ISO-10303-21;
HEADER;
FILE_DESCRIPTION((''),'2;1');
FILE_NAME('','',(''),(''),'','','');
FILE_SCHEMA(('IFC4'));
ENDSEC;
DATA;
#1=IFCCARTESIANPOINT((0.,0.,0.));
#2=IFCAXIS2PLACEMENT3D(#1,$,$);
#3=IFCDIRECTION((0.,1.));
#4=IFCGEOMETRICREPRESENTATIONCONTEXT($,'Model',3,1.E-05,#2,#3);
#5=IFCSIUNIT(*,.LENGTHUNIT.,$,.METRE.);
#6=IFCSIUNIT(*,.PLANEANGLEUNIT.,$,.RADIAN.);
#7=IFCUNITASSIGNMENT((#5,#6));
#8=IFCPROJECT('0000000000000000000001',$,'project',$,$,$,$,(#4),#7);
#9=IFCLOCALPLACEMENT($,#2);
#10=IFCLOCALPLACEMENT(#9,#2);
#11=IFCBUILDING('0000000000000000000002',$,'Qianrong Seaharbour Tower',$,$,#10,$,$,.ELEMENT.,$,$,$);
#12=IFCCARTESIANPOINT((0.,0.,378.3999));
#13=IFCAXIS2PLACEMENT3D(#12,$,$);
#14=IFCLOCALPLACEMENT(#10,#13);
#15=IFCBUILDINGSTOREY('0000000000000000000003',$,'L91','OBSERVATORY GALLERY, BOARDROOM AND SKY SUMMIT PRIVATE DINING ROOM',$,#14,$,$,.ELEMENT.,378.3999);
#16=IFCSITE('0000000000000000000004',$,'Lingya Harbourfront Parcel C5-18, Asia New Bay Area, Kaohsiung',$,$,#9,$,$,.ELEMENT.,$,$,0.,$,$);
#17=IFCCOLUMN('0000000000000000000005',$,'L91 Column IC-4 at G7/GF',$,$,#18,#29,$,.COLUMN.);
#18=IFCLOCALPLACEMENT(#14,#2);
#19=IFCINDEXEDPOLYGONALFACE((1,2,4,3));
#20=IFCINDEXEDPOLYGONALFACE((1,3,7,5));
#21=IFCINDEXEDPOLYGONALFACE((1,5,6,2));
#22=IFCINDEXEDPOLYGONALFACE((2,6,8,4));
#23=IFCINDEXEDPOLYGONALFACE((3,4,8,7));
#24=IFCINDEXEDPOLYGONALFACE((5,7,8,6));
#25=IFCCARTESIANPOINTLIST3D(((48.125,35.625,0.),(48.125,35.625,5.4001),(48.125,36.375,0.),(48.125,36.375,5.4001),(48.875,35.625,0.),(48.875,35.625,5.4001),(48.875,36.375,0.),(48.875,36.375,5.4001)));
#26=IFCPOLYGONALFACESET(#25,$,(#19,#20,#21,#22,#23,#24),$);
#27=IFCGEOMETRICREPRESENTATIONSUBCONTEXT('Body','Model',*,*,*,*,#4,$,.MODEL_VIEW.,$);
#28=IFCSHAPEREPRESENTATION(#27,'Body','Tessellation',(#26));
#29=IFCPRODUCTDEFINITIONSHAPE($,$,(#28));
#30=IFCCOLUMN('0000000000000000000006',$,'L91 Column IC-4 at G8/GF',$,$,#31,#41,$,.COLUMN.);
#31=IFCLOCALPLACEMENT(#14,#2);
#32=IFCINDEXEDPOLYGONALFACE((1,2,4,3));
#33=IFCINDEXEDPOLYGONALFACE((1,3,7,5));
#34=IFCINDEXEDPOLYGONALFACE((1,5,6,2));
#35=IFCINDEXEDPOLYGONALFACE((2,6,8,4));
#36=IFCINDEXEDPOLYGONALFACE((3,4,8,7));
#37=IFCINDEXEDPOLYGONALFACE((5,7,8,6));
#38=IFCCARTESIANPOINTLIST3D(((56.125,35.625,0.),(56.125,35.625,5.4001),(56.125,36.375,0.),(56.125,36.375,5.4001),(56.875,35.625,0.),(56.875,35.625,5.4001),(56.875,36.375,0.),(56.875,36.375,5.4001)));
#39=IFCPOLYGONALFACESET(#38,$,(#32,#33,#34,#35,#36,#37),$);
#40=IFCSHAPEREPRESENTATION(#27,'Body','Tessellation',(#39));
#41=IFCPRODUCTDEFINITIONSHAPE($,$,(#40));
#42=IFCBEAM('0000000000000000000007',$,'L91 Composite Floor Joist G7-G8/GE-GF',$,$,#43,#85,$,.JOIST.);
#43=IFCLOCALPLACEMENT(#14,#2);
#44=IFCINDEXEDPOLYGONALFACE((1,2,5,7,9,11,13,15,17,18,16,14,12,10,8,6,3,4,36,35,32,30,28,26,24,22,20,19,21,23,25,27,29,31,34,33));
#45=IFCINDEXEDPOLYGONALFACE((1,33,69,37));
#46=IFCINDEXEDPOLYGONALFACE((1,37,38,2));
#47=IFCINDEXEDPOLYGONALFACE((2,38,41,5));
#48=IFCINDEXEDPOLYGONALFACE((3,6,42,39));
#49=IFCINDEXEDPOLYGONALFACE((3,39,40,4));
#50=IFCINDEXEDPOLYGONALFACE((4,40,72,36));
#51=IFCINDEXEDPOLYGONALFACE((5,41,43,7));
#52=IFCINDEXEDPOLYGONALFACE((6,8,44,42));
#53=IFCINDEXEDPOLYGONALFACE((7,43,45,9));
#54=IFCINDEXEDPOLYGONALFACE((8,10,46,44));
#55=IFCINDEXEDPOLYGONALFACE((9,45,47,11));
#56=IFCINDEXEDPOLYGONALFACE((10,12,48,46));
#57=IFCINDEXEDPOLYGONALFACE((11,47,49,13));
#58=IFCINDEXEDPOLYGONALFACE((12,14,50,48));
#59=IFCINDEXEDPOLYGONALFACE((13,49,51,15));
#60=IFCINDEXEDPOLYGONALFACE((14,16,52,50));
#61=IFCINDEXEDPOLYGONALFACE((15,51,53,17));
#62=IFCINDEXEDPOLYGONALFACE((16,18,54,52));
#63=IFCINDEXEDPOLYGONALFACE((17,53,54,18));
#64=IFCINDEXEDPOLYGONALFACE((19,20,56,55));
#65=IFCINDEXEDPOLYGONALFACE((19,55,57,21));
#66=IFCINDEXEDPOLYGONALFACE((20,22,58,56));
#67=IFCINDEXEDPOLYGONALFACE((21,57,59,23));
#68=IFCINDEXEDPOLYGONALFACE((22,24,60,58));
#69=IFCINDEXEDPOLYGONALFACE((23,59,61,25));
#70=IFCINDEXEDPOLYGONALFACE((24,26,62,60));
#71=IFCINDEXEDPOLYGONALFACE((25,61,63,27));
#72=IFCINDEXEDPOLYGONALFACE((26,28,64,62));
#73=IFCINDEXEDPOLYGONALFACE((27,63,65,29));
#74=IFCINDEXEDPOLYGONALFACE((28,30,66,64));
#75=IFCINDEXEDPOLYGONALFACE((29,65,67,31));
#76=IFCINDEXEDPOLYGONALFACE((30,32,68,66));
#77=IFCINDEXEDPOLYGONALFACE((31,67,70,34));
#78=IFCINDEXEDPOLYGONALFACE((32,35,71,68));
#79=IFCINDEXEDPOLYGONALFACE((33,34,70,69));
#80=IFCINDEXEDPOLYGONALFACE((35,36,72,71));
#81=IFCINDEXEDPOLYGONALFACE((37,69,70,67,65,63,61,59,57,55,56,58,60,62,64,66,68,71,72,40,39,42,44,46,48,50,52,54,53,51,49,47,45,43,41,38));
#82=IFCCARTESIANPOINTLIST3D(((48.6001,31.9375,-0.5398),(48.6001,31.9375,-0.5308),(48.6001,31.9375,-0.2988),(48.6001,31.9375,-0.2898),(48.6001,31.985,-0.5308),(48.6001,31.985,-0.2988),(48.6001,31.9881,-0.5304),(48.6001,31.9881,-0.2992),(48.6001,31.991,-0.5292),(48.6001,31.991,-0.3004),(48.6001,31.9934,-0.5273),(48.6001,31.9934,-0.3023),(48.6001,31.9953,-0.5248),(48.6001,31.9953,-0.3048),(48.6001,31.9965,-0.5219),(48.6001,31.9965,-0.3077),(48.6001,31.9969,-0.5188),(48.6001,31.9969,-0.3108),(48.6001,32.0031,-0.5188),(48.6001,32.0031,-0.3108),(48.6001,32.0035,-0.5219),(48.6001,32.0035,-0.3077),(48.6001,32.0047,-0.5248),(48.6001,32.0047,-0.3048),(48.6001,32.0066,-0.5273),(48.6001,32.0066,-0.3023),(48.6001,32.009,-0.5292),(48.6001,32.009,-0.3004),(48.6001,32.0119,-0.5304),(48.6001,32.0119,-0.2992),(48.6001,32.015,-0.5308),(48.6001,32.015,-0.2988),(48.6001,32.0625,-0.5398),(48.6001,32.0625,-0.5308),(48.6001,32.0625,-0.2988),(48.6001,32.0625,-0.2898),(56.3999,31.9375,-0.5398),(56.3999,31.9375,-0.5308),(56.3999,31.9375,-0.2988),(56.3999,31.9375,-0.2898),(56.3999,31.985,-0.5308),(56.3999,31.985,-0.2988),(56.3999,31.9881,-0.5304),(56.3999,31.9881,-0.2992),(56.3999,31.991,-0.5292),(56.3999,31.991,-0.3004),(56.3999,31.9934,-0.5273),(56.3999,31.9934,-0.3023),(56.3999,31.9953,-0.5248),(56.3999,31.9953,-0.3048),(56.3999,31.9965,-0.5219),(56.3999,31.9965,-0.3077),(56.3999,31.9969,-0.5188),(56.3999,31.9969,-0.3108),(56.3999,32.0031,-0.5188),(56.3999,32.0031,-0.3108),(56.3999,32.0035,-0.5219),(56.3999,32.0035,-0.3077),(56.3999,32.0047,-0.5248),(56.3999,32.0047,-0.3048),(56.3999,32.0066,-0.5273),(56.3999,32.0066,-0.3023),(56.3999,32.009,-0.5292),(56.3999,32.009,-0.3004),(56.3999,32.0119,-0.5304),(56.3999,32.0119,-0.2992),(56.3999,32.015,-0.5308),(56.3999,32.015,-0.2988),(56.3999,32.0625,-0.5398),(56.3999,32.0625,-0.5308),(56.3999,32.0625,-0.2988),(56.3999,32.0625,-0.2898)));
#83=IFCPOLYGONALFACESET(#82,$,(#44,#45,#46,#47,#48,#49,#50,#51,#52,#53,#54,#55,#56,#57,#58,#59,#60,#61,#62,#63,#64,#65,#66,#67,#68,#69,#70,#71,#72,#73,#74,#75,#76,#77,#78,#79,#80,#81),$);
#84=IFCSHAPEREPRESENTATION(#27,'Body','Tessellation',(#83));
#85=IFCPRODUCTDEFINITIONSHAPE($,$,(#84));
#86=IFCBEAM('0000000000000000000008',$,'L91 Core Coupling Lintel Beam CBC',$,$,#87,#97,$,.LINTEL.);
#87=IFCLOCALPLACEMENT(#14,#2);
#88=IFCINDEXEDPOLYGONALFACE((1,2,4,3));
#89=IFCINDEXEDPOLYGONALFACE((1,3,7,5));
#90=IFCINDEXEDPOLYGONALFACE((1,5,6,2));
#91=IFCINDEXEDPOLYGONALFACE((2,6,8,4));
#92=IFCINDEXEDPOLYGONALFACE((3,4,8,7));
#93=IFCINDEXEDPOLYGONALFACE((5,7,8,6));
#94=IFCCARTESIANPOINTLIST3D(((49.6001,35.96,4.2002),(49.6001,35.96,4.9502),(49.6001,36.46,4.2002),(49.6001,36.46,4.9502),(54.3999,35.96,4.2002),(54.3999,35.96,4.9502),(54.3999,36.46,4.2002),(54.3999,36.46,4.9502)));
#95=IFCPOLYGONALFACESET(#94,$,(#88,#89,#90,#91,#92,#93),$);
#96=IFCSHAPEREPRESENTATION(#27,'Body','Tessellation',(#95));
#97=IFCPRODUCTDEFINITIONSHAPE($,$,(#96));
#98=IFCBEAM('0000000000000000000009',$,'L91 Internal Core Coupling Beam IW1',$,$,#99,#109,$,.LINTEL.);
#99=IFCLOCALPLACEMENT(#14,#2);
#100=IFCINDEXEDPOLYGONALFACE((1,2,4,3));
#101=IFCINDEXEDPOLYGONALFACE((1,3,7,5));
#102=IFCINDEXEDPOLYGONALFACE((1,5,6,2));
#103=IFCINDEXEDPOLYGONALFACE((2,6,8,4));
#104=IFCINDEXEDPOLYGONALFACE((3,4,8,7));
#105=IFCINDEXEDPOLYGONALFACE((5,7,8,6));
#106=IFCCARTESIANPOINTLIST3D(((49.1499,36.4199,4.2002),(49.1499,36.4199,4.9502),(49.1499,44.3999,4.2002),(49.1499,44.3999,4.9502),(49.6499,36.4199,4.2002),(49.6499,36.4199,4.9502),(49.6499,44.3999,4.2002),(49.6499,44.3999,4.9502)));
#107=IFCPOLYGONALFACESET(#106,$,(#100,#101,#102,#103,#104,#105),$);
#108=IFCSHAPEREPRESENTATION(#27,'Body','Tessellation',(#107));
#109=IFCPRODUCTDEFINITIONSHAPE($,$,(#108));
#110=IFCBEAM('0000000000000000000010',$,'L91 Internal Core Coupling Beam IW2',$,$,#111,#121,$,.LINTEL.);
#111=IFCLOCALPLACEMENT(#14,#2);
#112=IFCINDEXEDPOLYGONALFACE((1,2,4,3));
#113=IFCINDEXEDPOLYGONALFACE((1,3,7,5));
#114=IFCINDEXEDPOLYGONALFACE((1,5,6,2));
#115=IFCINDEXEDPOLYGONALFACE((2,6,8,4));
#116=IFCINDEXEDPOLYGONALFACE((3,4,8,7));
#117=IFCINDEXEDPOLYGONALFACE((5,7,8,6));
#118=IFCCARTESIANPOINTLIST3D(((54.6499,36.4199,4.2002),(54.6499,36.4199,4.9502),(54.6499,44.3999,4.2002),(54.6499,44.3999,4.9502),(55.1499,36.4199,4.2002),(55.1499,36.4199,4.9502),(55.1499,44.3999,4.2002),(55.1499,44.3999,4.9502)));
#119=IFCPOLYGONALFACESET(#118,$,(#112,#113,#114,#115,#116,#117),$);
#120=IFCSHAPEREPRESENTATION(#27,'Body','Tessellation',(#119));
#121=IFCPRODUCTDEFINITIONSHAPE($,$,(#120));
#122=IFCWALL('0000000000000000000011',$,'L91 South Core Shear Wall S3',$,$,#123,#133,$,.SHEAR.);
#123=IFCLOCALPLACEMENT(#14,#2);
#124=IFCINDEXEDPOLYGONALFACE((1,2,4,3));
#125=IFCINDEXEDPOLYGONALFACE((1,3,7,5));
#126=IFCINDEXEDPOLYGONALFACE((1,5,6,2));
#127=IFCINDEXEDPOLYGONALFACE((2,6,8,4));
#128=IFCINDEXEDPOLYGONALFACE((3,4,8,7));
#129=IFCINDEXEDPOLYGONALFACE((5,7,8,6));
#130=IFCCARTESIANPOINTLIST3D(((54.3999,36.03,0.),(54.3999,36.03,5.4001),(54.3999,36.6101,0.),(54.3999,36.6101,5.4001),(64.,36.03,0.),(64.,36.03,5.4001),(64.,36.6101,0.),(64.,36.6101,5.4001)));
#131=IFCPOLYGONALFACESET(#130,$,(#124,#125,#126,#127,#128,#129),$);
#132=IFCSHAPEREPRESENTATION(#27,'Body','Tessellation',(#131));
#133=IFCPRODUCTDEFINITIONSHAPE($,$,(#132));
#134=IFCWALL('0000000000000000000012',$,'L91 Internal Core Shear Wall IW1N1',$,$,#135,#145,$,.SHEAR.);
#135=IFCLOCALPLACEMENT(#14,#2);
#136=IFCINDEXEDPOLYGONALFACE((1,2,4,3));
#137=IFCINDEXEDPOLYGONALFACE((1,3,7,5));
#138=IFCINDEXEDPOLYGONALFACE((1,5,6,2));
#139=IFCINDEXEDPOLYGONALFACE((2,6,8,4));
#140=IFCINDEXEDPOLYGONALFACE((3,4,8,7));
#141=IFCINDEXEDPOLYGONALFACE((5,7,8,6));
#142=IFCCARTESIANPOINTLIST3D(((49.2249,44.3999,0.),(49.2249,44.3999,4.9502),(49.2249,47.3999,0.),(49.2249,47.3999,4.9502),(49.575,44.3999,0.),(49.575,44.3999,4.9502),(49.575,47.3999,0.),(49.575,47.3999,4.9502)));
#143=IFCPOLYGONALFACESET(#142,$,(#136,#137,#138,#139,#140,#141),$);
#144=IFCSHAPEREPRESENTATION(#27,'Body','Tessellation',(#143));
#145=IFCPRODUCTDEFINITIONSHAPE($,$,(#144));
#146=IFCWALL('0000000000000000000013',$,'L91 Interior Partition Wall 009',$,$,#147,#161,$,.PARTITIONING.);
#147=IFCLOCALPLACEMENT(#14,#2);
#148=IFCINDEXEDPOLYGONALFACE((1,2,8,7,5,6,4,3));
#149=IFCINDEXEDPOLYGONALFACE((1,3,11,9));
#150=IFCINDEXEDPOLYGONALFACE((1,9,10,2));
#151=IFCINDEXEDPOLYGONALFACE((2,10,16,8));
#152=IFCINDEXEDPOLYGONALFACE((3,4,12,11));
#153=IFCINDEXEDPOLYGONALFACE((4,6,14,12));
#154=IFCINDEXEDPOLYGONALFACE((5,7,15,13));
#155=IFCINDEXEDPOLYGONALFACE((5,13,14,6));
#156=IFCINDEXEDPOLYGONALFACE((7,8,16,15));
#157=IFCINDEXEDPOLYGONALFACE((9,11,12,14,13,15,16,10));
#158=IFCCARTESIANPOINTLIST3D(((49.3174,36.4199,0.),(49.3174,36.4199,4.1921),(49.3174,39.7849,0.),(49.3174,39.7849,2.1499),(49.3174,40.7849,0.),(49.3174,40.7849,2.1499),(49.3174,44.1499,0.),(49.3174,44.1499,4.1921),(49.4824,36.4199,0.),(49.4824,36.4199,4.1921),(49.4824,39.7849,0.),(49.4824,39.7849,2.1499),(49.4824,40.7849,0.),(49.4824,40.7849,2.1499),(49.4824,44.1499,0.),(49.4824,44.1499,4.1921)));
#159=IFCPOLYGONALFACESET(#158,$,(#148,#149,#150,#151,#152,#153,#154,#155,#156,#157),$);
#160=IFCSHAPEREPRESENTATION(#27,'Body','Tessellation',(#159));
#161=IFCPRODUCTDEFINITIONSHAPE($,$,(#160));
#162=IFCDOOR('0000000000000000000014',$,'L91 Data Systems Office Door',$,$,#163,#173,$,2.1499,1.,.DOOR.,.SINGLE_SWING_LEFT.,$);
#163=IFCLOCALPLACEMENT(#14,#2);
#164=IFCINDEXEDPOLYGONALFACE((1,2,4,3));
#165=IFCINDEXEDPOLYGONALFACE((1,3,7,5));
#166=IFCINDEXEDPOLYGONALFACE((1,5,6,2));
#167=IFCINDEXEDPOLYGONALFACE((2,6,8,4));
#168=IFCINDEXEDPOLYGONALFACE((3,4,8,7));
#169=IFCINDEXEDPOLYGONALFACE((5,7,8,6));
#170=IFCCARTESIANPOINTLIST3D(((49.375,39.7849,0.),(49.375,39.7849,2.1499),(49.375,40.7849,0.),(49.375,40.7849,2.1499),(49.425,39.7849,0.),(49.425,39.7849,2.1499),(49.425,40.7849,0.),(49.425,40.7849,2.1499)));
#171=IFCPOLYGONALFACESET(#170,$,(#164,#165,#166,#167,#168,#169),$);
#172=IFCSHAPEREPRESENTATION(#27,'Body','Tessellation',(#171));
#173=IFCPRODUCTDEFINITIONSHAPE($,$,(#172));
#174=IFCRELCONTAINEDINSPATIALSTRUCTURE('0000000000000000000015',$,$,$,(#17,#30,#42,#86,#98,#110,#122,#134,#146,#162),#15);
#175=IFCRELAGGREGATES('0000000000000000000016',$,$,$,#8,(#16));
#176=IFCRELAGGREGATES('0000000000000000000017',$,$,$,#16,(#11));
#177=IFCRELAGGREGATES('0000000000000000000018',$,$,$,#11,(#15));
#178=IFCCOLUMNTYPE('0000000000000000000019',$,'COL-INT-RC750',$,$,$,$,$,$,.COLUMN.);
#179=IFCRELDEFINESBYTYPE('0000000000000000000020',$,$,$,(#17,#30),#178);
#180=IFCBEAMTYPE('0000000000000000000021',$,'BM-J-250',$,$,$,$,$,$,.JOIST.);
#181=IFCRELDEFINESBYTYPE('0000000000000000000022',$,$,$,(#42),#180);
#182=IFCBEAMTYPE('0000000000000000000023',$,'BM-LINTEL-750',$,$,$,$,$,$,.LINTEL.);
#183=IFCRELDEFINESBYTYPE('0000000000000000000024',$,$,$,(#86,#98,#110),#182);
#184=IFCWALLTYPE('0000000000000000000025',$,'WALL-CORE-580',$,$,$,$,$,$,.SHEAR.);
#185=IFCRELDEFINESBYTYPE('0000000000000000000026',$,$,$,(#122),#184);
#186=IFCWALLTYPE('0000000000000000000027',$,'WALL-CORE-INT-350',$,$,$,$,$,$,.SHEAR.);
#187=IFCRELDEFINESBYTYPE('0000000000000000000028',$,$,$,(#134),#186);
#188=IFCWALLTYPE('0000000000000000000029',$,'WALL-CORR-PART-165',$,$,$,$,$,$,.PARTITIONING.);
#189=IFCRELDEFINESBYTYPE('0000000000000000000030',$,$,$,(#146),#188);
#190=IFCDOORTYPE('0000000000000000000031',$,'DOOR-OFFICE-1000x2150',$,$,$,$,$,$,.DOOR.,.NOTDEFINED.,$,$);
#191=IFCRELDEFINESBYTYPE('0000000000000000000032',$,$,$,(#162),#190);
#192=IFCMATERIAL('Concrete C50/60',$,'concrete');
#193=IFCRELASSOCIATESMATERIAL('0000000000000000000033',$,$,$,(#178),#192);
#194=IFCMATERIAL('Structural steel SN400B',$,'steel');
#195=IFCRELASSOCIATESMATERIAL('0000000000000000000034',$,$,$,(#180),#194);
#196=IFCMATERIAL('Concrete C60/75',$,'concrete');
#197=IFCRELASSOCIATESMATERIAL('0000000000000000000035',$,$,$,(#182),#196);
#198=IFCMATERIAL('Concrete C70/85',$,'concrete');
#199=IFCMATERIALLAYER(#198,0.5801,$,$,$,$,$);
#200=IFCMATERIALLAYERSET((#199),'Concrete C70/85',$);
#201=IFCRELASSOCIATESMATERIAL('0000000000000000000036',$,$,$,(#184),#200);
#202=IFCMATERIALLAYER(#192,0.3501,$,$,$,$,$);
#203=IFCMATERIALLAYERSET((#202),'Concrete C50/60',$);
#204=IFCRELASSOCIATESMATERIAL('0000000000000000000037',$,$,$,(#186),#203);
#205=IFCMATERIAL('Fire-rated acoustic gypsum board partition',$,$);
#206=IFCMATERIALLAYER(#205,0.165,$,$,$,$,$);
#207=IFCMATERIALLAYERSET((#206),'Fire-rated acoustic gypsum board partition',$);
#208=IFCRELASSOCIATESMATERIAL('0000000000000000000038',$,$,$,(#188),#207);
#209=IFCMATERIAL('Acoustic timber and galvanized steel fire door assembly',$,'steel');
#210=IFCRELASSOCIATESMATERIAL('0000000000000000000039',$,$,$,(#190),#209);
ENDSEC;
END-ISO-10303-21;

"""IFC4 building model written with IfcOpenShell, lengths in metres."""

from ifc_helpers import new_model, si_unit, direction, frame, frame_2d, origin, origin_2d, place, context, subcontext, project, spatial, rectangle, i_section, extrude, material, layer, layer_set, material_profile, profile_set, type_object, element, fill, save


model = new_model("IFC4")

# Units and contexts
model_context = context("Model", 3, precision=1e-05, world=origin(), true_north=direction((0.0, 1.0)))
body_context = subcontext(model_context, "Body", "Model", "MODEL_VIEW")
ifc_project = project(units=[si_unit("LENGTHUNIT", "METRE"), si_unit("PLANEANGLEUNIT", "RADIAN")], contexts=[model_context])

# Site, building, storey
site_placement = place(None, origin())
site = spatial("IfcSite", under=ifc_project, at=site_placement, Name="Lingya Harbourfront Parcel C5-18, Asia New Bay Area, Kaohsiung", CompositionType="ELEMENT", RefElevation=0.0)
building_placement = place(site_placement, origin())
building = spatial("IfcBuilding", under=site, at=building_placement, Name="Qianrong Seaharbour Tower", CompositionType="ELEMENT")
storey_placement = place(building_placement, frame((0.0, 0.0, 378.3999)))
storey = spatial("IfcBuildingStorey", under=building, at=storey_placement, Name="L91", Description="OBSERVATORY GALLERY, BOARDROOM AND SKY SUMMIT PRIVATE DINING ROOM", CompositionType="ELEMENT", Elevation=378.3999)

# Columns
ifc_material_1 = material(Name="Concrete C50/60", Category="concrete")
ifc_material_profile_1 = material_profile(ifc_material_1, rectangle(XDim=0.75, YDim=0.75, at=origin_2d()), Name="RC750x750")
ifc_profile_set_1 = profile_set([ifc_material_profile_1], Name="Concrete C50/60")
column_type = type_object("IfcColumnType", Name="COL-INT-RC750", PredefinedType="COLUMN", material=ifc_profile_set_1)
for number, where, z_axis, x_axis, name in (
    (1, (48.5, 36.0, 0.0), (0.0, 0.0, 1.0), (1.0, 0.0, 0.0), "L91 Column IC-4 at G7/GF"),
    (2, (56.5, 36.0, 0.0), (0.0, 0.0, 1.0), (1.0, 0.0, 0.0), "L91 Column IC-4 at G8/GF"),
):
    element("IfcColumn", number, at=place(storey_placement, frame(where, z_axis=z_axis, x_axis=x_axis)), inside=storey, type_object=column_type, Name=name, PredefinedType="COLUMN", context=body_context, shape_type="SweptSolid", body=[
        extrude(rectangle(XDim=0.75, YDim=0.75, at=origin_2d()), origin(), (0.0, 0.0, 1.0), 5.4001),
    ])

# Beams
ifc_material_2 = material(Name="Structural steel SN400B", Category="steel")
ifc_material_profile_2 = material_profile(ifc_material_2, i_section(OverallWidth=0.125, OverallDepth=0.25, WebThickness=0.0061, FlangeThickness=0.009, FilletRadius=0.012, at=origin_2d()), Name="H250x125x6x9")
ifc_profile_set_2 = profile_set([ifc_material_profile_2], Name="Structural steel SN400B")
beam_type_1 = type_object("IfcBeamType", Name="BM-J-250", PredefinedType="JOIST", material=ifc_profile_set_2)
beam_1_placement = place(storey_placement, frame((48.6001, 32.0, -0.4148), z_axis=(1.0, 0.0, 0.0), x_axis=(0.0, 1.0, 0.0)))
element("IfcBeam", 3, at=beam_1_placement, inside=storey, type_object=beam_type_1, Name="L91 Composite Floor Joist G7-G8/GE-GF", PredefinedType="JOIST", context=body_context, shape_type="SweptSolid", body=[
    extrude(i_section(OverallWidth=0.125, OverallDepth=0.25, WebThickness=0.0061, FlangeThickness=0.009, FilletRadius=0.012, at=origin_2d()), origin(), (0.0, 0.0, 1.0), 7.7998),
])
ifc_material_3 = material(Name="Concrete C60/75", Category="concrete")
ifc_material_profile_3 = material_profile(ifc_material_3, rectangle(XDim=0.5, YDim=0.75, at=origin_2d()), Name="RC500x750")
ifc_profile_set_3 = profile_set([ifc_material_profile_3], Name="Concrete C60/75")
beam_type_2 = type_object("IfcBeamType", Name="BM-LINTEL-750", PredefinedType="LINTEL", material=ifc_profile_set_3)
beam_2_placement = place(storey_placement, frame((49.6001, 36.21, 4.5752), z_axis=(1.0, 0.0, 0.0), x_axis=(0.0, 1.0, 0.0)))
element("IfcBeam", 4, at=beam_2_placement, inside=storey, type_object=beam_type_2, Name="L91 Core Coupling Lintel Beam CBC", PredefinedType="LINTEL", context=body_context, shape_type="SweptSolid", body=[
    extrude(rectangle(XDim=0.5, YDim=0.75, at=origin_2d()), origin(), (0.0, 0.0, 1.0), 4.7998),
])
for number, where, z_axis, x_axis, name in (
    (5, (49.3999, 36.4199, 4.5752), (0.0, 1.0, 0.0), (-1.0, 0.0, 0.0), "L91 Internal Core Coupling Beam IW1"),
    (6, (54.8999, 36.4199, 4.5752), (0.0, 1.0, 0.0), (-1.0, 0.0, 0.0), "L91 Internal Core Coupling Beam IW2"),
):
    element("IfcBeam", number, at=place(storey_placement, frame(where, z_axis=z_axis, x_axis=x_axis)), inside=storey, type_object=beam_type_2, Name=name, PredefinedType="LINTEL", context=body_context, shape_type="SweptSolid", body=[
        extrude(rectangle(XDim=0.5, YDim=0.75, at=origin_2d()), origin(), (0.0, 0.0, 1.0), 7.98),
    ])

# Walls
ifc_material_4 = material(Name="Concrete C70/85", Category="concrete")
ifc_layer_1 = layer(ifc_material_4, 0.5801)
ifc_layer_set_1 = layer_set([ifc_layer_1], Name="Concrete C70/85")
wall_type_1 = type_object("IfcWallType", Name="WALL-CORE-580", PredefinedType="SHEAR", material=ifc_layer_set_1)
wall_1_placement = place(storey_placement, frame((54.3999, 36.3201, 0.0), z_axis=(0.0, 0.0, 1.0), x_axis=(1.0, 0.0, 0.0)))
element("IfcWall", 7, at=wall_1_placement, inside=storey, type_object=wall_type_1, Name="L91 South Core Shear Wall S3", PredefinedType="SHEAR", context=body_context, shape_type="SweptSolid", body=[
    extrude(rectangle(XDim=9.6001, YDim=0.5801, at=frame_2d((4.8, 0.0))), origin(), (0.0, 0.0, 1.0), 5.4001),
])
ifc_layer_2 = layer(ifc_material_1, 0.3501)
ifc_layer_set_2 = layer_set([ifc_layer_2], Name="Concrete C50/60")
wall_type_2 = type_object("IfcWallType", Name="WALL-CORE-INT-350", PredefinedType="SHEAR", material=ifc_layer_set_2)
wall_2_placement = place(storey_placement, frame((49.3999, 44.3999, 0.0), z_axis=(0.0, 0.0, 1.0), x_axis=(0.0, 1.0, 0.0)))
element("IfcWall", 8, at=wall_2_placement, inside=storey, type_object=wall_type_2, Name="L91 Internal Core Shear Wall IW1N1", PredefinedType="SHEAR", context=body_context, shape_type="SweptSolid", body=[
    extrude(rectangle(XDim=3.0, YDim=0.3501, at=frame_2d((1.5, 0.0))), origin(), (0.0, 0.0, 1.0), 4.9502),
])

# Wall, opening, door
ifc_material_5 = material(Name="Fire-rated acoustic gypsum board partition")
ifc_layer_3 = layer(ifc_material_5, 0.165)
ifc_layer_set_3 = layer_set([ifc_layer_3], Name="Fire-rated acoustic gypsum board partition")
wall_type_3 = type_object("IfcWallType", Name="WALL-CORR-PART-165", PredefinedType="PARTITIONING", material=ifc_layer_set_3)
wall_3_placement = place(storey_placement, frame((49.3999, 36.4199, 0.0), z_axis=(0.0, 0.0, 1.0), x_axis=(0.0, 1.0, 0.0)))
wall_3 = element("IfcWall", 9, at=wall_3_placement, inside=storey, type_object=wall_type_3, Name="L91 Interior Partition Wall 009", PredefinedType="PARTITIONING", context=body_context, shape_type="SweptSolid", body=[
    extrude(rectangle(XDim=7.73, YDim=0.165, at=frame_2d((3.865, 0.0))), origin(), (0.0, 0.0, 1.0), 4.1921),
])
opening_1_placement = place(wall_3_placement, frame((3.365, 0.0, 0.0)))
opening_1 = element("IfcOpeningElement", 10, at=opening_1_placement, cuts=wall_3, PredefinedType="OPENING", context=body_context, shape_type="SweptSolid", body=[
    extrude(rectangle(XDim=1.0, YDim=2.1499, at=frame_2d((0.5, 1.075))), frame((0.0, 0.0925, 0.0), z_axis=(0.0, -1.0, 0.0), x_axis=(1.0, 0.0, 0.0)), (0.0, 0.0, 1.0), 0.1851),
])
ifc_material_6 = material(Name="Acoustic timber and galvanized steel fire door assembly", Category="steel")
door_type_1 = type_object("IfcDoorType", Name="DOOR-OFFICE-1000x2150", OperationType="NOTDEFINED", PredefinedType="DOOR", material=ifc_material_6)
door_1_placement = place(opening_1_placement, origin())
door_1 = element("IfcDoor", 11, at=door_1_placement, inside=storey, type_object=door_type_1, Name="L91 Data Systems Office Door", OperationType="SINGLE_SWING_LEFT", OverallHeight=2.1499, OverallWidth=1.0, PredefinedType="DOOR", context=body_context, shape_type="SweptSolid", body=[
    extrude(rectangle(XDim=1.0, YDim=2.1499, at=frame_2d((0.5, 1.075))), frame((0.0, 0.0249, 0.0), z_axis=(0.0, -1.0, 0.0), x_axis=(1.0, 0.0, 0.0)), (0.0, 0.0, 1.0), 0.05),
])
fill(opening_1, door_1)

save(model, "model.ifc")
